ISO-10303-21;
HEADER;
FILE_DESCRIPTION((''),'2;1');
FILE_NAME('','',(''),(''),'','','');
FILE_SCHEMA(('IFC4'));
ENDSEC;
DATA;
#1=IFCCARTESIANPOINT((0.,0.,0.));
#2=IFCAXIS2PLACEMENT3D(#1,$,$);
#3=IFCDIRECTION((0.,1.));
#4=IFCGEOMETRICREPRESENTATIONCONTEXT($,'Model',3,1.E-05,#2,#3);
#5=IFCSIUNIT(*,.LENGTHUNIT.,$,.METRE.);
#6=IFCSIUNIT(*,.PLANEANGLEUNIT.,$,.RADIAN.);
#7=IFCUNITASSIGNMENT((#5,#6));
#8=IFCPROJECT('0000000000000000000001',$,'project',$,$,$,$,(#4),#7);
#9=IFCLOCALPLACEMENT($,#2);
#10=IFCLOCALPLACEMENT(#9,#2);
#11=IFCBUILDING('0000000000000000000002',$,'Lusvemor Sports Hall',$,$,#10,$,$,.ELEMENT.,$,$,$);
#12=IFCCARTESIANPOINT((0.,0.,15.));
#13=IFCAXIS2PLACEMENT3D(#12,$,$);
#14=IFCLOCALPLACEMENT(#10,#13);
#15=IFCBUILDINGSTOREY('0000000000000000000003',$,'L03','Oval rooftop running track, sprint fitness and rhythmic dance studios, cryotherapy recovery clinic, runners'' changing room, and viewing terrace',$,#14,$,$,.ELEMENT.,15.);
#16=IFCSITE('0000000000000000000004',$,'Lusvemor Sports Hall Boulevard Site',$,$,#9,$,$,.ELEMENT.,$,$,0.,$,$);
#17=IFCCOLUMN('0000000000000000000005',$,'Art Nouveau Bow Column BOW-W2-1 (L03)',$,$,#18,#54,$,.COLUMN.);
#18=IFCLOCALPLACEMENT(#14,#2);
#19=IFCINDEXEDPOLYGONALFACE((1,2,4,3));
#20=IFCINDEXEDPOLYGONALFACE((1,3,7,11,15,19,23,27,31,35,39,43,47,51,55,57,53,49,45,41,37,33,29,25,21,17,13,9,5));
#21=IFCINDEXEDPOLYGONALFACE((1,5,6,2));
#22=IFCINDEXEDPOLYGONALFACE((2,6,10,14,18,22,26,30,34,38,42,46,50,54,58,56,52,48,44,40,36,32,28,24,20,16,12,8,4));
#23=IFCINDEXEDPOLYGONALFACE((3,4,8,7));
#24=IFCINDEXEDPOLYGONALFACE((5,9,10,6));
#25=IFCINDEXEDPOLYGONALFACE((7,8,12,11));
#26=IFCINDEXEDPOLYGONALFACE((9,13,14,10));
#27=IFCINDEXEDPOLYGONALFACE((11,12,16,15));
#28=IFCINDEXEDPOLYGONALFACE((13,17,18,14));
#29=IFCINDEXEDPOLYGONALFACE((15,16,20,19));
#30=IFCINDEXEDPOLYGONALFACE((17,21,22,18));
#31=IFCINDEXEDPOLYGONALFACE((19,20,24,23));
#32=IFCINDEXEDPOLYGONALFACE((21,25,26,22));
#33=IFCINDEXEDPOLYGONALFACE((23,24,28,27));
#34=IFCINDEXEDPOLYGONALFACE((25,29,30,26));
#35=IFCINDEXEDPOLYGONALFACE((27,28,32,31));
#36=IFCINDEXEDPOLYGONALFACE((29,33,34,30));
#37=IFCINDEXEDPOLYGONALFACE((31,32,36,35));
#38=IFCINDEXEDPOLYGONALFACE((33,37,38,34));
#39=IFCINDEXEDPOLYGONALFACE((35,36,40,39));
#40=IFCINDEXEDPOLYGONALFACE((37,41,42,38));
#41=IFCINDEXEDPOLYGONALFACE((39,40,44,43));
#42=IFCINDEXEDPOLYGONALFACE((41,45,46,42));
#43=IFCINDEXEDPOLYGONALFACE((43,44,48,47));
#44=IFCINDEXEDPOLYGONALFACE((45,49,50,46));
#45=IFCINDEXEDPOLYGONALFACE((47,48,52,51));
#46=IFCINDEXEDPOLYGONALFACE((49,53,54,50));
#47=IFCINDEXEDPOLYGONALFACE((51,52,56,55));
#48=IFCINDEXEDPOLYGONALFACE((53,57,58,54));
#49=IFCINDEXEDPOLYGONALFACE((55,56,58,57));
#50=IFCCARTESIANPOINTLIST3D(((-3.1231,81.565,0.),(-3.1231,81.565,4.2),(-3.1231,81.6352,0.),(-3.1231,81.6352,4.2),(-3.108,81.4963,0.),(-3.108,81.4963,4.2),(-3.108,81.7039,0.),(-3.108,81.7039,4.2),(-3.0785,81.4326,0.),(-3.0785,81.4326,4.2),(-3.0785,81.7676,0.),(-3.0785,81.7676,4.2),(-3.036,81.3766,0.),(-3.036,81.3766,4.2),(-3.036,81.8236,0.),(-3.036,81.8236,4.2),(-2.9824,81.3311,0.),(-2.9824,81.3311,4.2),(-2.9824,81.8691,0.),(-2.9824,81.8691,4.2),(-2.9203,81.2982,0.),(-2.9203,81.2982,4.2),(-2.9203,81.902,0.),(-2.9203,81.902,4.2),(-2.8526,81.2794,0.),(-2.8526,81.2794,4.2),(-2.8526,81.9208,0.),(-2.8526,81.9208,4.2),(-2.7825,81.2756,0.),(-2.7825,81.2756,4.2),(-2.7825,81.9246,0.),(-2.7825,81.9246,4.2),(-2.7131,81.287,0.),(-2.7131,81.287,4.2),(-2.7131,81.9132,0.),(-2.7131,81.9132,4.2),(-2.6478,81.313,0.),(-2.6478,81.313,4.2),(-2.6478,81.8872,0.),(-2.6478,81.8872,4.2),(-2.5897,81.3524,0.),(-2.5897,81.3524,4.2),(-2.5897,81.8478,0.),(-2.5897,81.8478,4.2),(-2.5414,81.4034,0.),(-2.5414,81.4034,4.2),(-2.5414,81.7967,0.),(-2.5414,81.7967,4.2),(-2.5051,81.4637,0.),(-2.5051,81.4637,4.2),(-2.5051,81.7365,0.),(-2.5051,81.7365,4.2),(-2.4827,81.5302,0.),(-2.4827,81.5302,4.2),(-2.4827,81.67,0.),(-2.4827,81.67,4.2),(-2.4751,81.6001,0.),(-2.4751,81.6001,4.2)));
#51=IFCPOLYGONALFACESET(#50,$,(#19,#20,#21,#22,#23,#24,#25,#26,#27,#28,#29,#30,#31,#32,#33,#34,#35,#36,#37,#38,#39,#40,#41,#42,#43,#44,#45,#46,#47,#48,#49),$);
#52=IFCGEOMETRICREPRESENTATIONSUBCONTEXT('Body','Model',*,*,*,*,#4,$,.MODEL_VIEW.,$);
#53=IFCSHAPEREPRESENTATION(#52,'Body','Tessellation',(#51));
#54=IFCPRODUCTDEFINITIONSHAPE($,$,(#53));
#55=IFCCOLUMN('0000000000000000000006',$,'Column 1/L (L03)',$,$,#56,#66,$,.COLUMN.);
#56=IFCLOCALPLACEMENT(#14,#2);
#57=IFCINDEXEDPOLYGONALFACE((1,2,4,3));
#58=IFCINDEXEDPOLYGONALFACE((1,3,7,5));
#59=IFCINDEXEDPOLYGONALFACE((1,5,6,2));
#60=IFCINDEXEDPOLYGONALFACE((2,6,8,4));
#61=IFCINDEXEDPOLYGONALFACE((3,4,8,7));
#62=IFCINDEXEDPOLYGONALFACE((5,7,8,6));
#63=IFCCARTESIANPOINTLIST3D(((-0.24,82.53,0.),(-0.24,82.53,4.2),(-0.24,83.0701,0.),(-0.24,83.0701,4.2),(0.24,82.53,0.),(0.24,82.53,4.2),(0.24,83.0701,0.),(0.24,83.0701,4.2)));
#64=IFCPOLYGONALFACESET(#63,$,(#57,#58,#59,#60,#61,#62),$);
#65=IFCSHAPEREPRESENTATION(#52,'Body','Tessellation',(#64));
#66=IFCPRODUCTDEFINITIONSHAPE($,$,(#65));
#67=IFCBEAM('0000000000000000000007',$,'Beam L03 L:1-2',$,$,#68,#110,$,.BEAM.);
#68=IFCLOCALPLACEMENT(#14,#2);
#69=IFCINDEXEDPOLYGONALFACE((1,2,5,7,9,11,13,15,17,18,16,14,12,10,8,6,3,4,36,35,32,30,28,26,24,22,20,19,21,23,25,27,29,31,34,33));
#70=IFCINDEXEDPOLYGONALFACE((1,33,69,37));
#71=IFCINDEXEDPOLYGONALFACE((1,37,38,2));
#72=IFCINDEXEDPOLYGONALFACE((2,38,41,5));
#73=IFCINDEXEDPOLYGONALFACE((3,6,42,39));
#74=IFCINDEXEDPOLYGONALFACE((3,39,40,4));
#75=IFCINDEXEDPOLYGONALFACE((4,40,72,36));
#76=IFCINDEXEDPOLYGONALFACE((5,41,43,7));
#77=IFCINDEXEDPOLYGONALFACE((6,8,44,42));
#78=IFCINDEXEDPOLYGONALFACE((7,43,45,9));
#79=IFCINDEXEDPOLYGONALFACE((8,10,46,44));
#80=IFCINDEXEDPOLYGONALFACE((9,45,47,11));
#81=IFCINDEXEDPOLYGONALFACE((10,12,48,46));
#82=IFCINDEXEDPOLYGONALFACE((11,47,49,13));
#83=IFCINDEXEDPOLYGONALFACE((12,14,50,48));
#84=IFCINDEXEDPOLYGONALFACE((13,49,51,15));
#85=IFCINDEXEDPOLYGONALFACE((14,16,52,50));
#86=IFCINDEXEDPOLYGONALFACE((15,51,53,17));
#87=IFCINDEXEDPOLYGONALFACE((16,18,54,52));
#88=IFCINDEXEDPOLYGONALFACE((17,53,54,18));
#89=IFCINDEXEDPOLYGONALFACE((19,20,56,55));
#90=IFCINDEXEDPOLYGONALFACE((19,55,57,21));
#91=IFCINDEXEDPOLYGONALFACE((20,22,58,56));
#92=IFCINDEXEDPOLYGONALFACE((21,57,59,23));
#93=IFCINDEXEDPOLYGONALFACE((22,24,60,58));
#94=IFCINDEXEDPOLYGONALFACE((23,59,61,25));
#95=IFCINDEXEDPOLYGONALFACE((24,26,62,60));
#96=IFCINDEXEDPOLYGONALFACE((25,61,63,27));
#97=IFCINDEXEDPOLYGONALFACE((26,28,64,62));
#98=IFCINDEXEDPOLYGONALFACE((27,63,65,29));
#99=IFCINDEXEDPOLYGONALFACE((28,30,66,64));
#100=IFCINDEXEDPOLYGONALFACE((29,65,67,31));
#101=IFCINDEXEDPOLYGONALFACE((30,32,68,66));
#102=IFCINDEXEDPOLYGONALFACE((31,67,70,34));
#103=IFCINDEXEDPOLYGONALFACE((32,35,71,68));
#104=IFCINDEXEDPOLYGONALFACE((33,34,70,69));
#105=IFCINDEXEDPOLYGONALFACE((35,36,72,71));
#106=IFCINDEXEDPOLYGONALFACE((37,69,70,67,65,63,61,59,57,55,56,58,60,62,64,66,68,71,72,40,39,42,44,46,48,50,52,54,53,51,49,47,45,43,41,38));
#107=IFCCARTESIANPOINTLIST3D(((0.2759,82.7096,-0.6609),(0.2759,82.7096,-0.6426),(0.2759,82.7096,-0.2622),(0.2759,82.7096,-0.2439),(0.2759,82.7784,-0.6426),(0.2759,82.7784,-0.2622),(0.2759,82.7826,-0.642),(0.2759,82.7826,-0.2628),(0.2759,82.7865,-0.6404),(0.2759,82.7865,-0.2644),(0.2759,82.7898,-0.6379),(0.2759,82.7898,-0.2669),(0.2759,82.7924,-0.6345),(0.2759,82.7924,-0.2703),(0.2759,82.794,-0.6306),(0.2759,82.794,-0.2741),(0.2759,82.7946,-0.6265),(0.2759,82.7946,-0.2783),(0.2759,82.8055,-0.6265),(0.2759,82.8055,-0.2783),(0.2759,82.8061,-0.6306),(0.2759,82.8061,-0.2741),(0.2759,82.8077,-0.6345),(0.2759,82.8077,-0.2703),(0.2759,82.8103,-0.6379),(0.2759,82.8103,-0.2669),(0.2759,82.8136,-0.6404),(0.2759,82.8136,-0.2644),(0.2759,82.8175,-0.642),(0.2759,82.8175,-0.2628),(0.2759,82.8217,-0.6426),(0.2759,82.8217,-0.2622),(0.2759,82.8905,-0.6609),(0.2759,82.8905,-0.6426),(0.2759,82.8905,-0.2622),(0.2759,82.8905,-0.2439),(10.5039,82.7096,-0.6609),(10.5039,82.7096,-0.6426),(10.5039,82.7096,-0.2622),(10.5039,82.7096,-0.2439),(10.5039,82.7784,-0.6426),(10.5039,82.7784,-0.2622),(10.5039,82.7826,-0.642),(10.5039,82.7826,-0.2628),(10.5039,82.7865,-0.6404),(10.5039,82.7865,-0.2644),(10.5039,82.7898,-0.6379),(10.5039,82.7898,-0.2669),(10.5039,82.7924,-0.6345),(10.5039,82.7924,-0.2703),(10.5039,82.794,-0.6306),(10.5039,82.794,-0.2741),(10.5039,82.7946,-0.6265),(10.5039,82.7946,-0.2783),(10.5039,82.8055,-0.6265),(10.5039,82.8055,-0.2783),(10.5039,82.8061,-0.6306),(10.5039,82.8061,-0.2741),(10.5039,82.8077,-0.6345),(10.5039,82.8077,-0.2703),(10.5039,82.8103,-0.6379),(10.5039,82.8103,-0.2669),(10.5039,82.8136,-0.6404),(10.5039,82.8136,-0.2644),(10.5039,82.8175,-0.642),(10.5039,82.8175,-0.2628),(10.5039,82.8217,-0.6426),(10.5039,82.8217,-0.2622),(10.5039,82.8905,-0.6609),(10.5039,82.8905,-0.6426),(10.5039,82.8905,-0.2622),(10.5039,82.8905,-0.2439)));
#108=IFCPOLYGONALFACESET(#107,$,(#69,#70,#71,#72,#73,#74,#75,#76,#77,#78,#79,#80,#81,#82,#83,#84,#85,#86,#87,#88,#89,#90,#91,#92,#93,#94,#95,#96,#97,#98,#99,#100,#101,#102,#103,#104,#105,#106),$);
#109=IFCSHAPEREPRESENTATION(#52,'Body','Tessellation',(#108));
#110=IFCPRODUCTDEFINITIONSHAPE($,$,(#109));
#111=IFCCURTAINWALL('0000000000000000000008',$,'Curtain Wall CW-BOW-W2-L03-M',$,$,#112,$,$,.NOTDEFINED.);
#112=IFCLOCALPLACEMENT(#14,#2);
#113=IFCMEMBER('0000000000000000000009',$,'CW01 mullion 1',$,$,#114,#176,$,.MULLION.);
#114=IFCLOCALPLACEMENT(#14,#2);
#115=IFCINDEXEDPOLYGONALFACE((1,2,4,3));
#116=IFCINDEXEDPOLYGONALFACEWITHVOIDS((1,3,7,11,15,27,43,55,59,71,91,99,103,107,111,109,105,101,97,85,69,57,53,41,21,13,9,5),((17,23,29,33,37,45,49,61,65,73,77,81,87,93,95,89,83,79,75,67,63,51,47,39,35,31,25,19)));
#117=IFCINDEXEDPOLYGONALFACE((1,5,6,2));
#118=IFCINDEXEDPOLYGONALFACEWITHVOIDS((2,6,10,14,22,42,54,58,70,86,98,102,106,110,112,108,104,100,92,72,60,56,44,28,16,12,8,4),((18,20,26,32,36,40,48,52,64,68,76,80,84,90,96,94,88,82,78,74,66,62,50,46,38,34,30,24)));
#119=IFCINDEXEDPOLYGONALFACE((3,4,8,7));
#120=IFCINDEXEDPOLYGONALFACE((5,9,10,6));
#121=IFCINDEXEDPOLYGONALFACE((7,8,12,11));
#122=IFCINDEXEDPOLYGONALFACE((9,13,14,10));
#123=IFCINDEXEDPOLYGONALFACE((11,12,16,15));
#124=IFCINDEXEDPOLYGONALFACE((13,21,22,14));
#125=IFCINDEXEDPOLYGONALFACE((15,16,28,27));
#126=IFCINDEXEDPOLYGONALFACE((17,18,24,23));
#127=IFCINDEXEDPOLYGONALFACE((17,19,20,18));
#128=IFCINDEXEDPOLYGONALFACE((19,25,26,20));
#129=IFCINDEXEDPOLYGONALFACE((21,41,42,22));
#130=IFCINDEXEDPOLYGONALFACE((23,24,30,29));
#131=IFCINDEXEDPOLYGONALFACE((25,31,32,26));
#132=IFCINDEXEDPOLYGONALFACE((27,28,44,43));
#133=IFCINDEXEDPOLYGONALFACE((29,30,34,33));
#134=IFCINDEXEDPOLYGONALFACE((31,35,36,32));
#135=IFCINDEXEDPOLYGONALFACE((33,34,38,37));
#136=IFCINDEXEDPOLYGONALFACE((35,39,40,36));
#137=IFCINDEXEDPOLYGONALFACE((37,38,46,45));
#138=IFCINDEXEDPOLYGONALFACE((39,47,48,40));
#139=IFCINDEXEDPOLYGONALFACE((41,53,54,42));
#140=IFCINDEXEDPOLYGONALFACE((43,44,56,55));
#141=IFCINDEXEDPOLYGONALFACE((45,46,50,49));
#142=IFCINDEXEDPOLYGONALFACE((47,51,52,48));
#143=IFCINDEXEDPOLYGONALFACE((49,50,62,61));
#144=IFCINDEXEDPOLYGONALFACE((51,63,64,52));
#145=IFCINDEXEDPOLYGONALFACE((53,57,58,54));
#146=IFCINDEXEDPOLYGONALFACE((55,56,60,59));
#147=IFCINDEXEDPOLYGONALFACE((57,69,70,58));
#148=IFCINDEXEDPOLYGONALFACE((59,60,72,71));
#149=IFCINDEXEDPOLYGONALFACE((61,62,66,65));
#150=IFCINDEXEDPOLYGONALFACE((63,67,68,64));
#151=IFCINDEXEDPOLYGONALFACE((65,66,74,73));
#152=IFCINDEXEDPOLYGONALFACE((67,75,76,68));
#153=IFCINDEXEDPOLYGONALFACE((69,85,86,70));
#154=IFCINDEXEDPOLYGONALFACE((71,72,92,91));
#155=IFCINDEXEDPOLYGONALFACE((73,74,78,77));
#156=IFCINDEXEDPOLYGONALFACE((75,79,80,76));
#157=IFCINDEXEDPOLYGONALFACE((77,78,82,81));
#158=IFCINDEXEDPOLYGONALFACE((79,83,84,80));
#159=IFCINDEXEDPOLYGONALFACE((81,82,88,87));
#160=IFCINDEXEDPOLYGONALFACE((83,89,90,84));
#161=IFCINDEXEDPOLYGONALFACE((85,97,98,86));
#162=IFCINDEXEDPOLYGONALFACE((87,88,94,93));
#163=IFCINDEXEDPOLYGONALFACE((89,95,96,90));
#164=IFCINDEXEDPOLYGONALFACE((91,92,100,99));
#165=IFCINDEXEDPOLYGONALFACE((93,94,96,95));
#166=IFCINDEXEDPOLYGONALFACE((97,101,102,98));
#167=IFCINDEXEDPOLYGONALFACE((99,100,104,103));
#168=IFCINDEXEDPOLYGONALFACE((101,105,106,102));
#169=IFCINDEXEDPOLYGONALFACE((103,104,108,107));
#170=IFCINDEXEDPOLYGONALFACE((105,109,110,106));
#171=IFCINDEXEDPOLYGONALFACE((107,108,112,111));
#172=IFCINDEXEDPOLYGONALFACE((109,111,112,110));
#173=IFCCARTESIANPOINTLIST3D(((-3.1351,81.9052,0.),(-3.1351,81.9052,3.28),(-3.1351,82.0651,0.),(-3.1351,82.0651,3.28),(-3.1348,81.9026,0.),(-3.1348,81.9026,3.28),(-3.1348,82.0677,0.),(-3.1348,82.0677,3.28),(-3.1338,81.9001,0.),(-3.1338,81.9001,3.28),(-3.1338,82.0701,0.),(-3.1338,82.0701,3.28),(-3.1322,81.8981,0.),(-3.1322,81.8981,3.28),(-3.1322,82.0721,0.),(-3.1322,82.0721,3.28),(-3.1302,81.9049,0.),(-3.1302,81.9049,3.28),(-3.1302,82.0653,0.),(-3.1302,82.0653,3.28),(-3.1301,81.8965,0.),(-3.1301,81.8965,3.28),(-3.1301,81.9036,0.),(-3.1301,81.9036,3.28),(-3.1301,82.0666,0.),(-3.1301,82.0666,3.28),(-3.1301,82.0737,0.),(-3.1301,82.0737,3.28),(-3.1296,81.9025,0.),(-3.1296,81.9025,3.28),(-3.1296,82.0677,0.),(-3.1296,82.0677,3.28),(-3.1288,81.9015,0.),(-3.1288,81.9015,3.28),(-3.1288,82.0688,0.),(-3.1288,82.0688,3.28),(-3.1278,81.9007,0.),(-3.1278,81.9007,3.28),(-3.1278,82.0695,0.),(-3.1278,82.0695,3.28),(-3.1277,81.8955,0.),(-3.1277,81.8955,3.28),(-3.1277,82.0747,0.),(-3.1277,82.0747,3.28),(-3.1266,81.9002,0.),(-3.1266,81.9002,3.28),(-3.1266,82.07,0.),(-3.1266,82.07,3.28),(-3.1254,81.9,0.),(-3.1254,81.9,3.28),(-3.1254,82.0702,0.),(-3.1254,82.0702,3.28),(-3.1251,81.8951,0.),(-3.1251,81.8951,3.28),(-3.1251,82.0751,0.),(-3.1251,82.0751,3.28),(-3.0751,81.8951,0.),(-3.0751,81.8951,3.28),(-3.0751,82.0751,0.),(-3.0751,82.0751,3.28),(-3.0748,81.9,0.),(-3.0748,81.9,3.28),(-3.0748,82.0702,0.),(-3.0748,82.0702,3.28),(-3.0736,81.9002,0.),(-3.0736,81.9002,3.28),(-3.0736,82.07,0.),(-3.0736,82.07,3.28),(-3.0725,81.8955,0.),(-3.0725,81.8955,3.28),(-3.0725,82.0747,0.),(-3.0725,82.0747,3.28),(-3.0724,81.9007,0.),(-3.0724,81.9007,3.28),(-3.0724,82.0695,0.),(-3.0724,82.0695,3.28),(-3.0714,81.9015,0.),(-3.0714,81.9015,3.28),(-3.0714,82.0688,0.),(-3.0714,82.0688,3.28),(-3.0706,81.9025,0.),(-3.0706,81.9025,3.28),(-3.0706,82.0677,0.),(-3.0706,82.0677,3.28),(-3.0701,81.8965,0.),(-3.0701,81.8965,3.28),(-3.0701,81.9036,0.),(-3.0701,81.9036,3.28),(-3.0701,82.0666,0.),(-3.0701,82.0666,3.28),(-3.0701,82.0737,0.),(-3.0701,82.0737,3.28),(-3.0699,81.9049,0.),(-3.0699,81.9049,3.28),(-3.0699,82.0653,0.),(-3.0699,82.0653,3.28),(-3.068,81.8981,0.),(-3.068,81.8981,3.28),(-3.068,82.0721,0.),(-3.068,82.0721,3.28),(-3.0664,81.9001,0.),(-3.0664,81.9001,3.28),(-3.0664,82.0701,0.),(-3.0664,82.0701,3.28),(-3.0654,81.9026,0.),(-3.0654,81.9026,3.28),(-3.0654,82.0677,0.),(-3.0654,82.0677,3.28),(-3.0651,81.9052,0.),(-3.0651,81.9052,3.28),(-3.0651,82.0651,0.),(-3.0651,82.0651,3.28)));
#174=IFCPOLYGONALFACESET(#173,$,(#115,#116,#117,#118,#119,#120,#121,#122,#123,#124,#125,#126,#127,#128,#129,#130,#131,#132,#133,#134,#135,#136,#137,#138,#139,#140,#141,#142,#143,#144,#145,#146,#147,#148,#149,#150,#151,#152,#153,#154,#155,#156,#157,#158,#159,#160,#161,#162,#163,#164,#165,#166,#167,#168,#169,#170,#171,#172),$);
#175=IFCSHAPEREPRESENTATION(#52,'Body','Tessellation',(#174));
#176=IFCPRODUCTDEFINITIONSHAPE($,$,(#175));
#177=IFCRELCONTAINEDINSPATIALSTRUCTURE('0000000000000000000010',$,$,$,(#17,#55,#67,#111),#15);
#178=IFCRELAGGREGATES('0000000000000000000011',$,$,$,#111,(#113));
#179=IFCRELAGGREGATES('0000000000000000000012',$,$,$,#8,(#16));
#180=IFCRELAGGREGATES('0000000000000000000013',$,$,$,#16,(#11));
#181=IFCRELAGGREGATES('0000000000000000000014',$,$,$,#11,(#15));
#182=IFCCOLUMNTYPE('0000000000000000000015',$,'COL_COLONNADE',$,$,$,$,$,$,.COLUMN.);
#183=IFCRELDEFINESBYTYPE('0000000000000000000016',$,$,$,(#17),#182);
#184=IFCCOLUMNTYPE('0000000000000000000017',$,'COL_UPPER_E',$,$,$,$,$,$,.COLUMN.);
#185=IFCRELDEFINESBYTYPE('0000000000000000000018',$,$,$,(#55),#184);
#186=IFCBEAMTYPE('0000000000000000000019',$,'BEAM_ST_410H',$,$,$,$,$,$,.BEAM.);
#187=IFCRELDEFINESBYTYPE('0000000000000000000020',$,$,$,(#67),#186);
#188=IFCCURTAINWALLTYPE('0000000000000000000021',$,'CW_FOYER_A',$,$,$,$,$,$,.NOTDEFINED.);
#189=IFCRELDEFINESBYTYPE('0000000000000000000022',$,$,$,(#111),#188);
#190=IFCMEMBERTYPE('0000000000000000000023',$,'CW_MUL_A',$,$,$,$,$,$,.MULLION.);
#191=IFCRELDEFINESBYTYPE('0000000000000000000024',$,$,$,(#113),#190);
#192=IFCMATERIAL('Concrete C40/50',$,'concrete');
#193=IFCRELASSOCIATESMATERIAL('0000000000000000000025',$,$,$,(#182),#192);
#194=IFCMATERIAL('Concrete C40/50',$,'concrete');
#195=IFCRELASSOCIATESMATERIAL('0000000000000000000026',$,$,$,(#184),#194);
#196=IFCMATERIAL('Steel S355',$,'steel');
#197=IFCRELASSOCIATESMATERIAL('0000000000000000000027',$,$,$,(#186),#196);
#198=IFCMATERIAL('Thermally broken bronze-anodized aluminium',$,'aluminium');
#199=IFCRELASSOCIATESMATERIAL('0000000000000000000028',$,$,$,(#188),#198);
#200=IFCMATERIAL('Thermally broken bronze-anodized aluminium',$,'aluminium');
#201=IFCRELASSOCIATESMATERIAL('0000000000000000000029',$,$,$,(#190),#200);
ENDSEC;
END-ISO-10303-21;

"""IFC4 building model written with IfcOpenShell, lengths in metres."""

from ifc_helpers import new_model, si_unit, direction, frame, origin, origin_2d, place, context, subcontext, project, spatial, rectangle, hollow_rectangle, circle, i_section, extrude, material, material_profile, profile_set, type_object, element, aggregate, save


model = new_model("IFC4")

# Units and contexts
model_context = context("Model", 3, precision=1e-05, world=origin(), true_north=direction((0.0, 1.0)))
body_context = subcontext(model_context, "Body", "Model", "MODEL_VIEW")
ifc_project = project(units=[si_unit("LENGTHUNIT", "METRE"), si_unit("PLANEANGLEUNIT", "RADIAN")], contexts=[model_context])

# Site, building, storey
site_placement = place(None, origin())
site = spatial("IfcSite", under=ifc_project, at=site_placement, Name="Lusvemor Sports Hall Boulevard Site", CompositionType="ELEMENT", RefElevation=0.0)
building_placement = place(site_placement, origin())
building = spatial("IfcBuilding", under=site, at=building_placement, Name="Lusvemor Sports Hall", CompositionType="ELEMENT")
storey_placement = place(building_placement, frame((0.0, 0.0, 15.0)))
storey = spatial("IfcBuildingStorey", under=building, at=storey_placement, Name="L03", Description="Oval rooftop running track, sprint fitness and rhythmic dance studios, cryotherapy recovery clinic, runners' changing room, and viewing terrace", CompositionType="ELEMENT", Elevation=15.0)

# Columns
ifc_material_1 = material(Name="Concrete C40/50", Category="concrete")
ifc_material_profile_1 = material_profile(ifc_material_1, circle(Radius=0.325, at=origin_2d()), Name="RCCIRC650")
ifc_profile_set_1 = profile_set([ifc_material_profile_1], Name="Concrete C40/50")
column_type_1 = type_object("IfcColumnType", Name="COL_COLONNADE", PredefinedType="COLUMN", material=ifc_profile_set_1)
column_1_placement = place(storey_placement, frame((-2.8, 81.6001, 0.0), z_axis=(0.0, 0.0, 1.0), x_axis=(1.0, 0.0, 0.0)))
element("IfcColumn", 1, at=column_1_placement, inside=storey, type_object=column_type_1, Name="Art Nouveau Bow Column BOW-W2-1 (L03)", PredefinedType="COLUMN", context=body_context, shape_type="SweptSolid", body=[
    extrude(circle(Radius=0.325, at=origin_2d()), origin(), (0.0, 0.0, 1.0), 4.2),
])
ifc_material_2 = material(Name="Concrete C40/50", Category="concrete")
ifc_material_profile_2 = material_profile(ifc_material_2, rectangle(XDim=0.48, YDim=0.54, at=origin_2d()), Name="RC480x540")
ifc_profile_set_2 = profile_set([ifc_material_profile_2], Name="Concrete C40/50")
column_type_2 = type_object("IfcColumnType", Name="COL_UPPER_E", PredefinedType="COLUMN", material=ifc_profile_set_2)
column_2_placement = place(storey_placement, frame((0.0, 82.8, 0.0), z_axis=(0.0, 0.0, 1.0), x_axis=(1.0, 0.0, 0.0)))
element("IfcColumn", 2, at=column_2_placement, inside=storey, type_object=column_type_2, Name="Column 1/L (L03)", PredefinedType="COLUMN", context=body_context, shape_type="SweptSolid", body=[
    extrude(rectangle(XDim=0.48, YDim=0.54, at=origin_2d()), origin(), (0.0, 0.0, 1.0), 4.2),
])

# Beam
ifc_material_3 = material(Name="Steel S355", Category="steel")
ifc_material_profile_3 = material_profile(ifc_material_3, i_section(OverallWidth=0.1809, OverallDepth=0.417, WebThickness=0.011, FlangeThickness=0.0183, FilletRadius=0.0161, at=origin_2d()), Name="W410x85.0")
ifc_profile_set_3 = profile_set([ifc_material_profile_3], Name="Steel S355")
beam_type_1 = type_object("IfcBeamType", Name="BEAM_ST_410H", PredefinedType="BEAM", material=ifc_profile_set_3)
beam_1_placement = place(storey_placement, frame((0.2759, 82.8, -0.4524), z_axis=(1.0, 0.0, 0.0), x_axis=(0.0, 1.0, 0.0)))
element("IfcBeam", 3, at=beam_1_placement, inside=storey, type_object=beam_type_1, Name="Beam L03 L:1-2", PredefinedType="BEAM", context=body_context, shape_type="SweptSolid", body=[
    extrude(i_section(OverallWidth=0.1809, OverallDepth=0.417, WebThickness=0.011, FlangeThickness=0.0183, FilletRadius=0.0161, at=origin_2d()), origin(), (0.0, 0.0, 1.0), 10.228),
])

# Curtain wall, member
ifc_material_4 = material(Name="Thermally broken bronze-anodized aluminium", Category="aluminium")
curtain_wall_type_1 = type_object("IfcCurtainWallType", Name="CW_FOYER_A", PredefinedType="NOTDEFINED", material=ifc_material_4)
curtain_wall_1_placement = place(storey_placement, origin())
curtain_wall_1 = element("IfcCurtainWall", 4, at=curtain_wall_1_placement, inside=storey, type_object=curtain_wall_type_1, Name="Curtain Wall CW-BOW-W2-L03-M", PredefinedType="NOTDEFINED")
ifc_material_5 = material(Name="Thermally broken bronze-anodized aluminium", Category="aluminium")
ifc_material_profile_4 = material_profile(ifc_material_5, hollow_rectangle(XDim=0.0701, YDim=0.1799, WallThickness=0.0049, InnerFilletRadius=0.0049, OuterFilletRadius=0.01, at=origin_2d()), Name="CWMUL180x70x5")
ifc_profile_set_4 = profile_set([ifc_material_profile_4], Name="Thermally broken bronze-anodized aluminium")
member_type_1 = type_object("IfcMemberType", Name="CW_MUL_A", PredefinedType="MULLION", material=ifc_profile_set_4)
member_1_placement = place(storey_placement, frame((-3.1001, 81.9851, 0.0), z_axis=(0.0, 0.0, 1.0), x_axis=(-1.0, 0.0, 0.0)))
member_1 = element("IfcMember", 5, at=member_1_placement, type_object=member_type_1, Name="CW01 mullion 1", PredefinedType="MULLION", context=body_context, shape_type="SweptSolid", body=[
    extrude(hollow_rectangle(XDim=0.0701, YDim=0.1799, WallThickness=0.0049, InnerFilletRadius=0.0049, OuterFilletRadius=0.01, at=origin_2d()), origin(), (0.0, 0.0, 1.0), 3.28),
])

aggregate(curtain_wall_1, [member_1])

save(model, "model.ifc")
